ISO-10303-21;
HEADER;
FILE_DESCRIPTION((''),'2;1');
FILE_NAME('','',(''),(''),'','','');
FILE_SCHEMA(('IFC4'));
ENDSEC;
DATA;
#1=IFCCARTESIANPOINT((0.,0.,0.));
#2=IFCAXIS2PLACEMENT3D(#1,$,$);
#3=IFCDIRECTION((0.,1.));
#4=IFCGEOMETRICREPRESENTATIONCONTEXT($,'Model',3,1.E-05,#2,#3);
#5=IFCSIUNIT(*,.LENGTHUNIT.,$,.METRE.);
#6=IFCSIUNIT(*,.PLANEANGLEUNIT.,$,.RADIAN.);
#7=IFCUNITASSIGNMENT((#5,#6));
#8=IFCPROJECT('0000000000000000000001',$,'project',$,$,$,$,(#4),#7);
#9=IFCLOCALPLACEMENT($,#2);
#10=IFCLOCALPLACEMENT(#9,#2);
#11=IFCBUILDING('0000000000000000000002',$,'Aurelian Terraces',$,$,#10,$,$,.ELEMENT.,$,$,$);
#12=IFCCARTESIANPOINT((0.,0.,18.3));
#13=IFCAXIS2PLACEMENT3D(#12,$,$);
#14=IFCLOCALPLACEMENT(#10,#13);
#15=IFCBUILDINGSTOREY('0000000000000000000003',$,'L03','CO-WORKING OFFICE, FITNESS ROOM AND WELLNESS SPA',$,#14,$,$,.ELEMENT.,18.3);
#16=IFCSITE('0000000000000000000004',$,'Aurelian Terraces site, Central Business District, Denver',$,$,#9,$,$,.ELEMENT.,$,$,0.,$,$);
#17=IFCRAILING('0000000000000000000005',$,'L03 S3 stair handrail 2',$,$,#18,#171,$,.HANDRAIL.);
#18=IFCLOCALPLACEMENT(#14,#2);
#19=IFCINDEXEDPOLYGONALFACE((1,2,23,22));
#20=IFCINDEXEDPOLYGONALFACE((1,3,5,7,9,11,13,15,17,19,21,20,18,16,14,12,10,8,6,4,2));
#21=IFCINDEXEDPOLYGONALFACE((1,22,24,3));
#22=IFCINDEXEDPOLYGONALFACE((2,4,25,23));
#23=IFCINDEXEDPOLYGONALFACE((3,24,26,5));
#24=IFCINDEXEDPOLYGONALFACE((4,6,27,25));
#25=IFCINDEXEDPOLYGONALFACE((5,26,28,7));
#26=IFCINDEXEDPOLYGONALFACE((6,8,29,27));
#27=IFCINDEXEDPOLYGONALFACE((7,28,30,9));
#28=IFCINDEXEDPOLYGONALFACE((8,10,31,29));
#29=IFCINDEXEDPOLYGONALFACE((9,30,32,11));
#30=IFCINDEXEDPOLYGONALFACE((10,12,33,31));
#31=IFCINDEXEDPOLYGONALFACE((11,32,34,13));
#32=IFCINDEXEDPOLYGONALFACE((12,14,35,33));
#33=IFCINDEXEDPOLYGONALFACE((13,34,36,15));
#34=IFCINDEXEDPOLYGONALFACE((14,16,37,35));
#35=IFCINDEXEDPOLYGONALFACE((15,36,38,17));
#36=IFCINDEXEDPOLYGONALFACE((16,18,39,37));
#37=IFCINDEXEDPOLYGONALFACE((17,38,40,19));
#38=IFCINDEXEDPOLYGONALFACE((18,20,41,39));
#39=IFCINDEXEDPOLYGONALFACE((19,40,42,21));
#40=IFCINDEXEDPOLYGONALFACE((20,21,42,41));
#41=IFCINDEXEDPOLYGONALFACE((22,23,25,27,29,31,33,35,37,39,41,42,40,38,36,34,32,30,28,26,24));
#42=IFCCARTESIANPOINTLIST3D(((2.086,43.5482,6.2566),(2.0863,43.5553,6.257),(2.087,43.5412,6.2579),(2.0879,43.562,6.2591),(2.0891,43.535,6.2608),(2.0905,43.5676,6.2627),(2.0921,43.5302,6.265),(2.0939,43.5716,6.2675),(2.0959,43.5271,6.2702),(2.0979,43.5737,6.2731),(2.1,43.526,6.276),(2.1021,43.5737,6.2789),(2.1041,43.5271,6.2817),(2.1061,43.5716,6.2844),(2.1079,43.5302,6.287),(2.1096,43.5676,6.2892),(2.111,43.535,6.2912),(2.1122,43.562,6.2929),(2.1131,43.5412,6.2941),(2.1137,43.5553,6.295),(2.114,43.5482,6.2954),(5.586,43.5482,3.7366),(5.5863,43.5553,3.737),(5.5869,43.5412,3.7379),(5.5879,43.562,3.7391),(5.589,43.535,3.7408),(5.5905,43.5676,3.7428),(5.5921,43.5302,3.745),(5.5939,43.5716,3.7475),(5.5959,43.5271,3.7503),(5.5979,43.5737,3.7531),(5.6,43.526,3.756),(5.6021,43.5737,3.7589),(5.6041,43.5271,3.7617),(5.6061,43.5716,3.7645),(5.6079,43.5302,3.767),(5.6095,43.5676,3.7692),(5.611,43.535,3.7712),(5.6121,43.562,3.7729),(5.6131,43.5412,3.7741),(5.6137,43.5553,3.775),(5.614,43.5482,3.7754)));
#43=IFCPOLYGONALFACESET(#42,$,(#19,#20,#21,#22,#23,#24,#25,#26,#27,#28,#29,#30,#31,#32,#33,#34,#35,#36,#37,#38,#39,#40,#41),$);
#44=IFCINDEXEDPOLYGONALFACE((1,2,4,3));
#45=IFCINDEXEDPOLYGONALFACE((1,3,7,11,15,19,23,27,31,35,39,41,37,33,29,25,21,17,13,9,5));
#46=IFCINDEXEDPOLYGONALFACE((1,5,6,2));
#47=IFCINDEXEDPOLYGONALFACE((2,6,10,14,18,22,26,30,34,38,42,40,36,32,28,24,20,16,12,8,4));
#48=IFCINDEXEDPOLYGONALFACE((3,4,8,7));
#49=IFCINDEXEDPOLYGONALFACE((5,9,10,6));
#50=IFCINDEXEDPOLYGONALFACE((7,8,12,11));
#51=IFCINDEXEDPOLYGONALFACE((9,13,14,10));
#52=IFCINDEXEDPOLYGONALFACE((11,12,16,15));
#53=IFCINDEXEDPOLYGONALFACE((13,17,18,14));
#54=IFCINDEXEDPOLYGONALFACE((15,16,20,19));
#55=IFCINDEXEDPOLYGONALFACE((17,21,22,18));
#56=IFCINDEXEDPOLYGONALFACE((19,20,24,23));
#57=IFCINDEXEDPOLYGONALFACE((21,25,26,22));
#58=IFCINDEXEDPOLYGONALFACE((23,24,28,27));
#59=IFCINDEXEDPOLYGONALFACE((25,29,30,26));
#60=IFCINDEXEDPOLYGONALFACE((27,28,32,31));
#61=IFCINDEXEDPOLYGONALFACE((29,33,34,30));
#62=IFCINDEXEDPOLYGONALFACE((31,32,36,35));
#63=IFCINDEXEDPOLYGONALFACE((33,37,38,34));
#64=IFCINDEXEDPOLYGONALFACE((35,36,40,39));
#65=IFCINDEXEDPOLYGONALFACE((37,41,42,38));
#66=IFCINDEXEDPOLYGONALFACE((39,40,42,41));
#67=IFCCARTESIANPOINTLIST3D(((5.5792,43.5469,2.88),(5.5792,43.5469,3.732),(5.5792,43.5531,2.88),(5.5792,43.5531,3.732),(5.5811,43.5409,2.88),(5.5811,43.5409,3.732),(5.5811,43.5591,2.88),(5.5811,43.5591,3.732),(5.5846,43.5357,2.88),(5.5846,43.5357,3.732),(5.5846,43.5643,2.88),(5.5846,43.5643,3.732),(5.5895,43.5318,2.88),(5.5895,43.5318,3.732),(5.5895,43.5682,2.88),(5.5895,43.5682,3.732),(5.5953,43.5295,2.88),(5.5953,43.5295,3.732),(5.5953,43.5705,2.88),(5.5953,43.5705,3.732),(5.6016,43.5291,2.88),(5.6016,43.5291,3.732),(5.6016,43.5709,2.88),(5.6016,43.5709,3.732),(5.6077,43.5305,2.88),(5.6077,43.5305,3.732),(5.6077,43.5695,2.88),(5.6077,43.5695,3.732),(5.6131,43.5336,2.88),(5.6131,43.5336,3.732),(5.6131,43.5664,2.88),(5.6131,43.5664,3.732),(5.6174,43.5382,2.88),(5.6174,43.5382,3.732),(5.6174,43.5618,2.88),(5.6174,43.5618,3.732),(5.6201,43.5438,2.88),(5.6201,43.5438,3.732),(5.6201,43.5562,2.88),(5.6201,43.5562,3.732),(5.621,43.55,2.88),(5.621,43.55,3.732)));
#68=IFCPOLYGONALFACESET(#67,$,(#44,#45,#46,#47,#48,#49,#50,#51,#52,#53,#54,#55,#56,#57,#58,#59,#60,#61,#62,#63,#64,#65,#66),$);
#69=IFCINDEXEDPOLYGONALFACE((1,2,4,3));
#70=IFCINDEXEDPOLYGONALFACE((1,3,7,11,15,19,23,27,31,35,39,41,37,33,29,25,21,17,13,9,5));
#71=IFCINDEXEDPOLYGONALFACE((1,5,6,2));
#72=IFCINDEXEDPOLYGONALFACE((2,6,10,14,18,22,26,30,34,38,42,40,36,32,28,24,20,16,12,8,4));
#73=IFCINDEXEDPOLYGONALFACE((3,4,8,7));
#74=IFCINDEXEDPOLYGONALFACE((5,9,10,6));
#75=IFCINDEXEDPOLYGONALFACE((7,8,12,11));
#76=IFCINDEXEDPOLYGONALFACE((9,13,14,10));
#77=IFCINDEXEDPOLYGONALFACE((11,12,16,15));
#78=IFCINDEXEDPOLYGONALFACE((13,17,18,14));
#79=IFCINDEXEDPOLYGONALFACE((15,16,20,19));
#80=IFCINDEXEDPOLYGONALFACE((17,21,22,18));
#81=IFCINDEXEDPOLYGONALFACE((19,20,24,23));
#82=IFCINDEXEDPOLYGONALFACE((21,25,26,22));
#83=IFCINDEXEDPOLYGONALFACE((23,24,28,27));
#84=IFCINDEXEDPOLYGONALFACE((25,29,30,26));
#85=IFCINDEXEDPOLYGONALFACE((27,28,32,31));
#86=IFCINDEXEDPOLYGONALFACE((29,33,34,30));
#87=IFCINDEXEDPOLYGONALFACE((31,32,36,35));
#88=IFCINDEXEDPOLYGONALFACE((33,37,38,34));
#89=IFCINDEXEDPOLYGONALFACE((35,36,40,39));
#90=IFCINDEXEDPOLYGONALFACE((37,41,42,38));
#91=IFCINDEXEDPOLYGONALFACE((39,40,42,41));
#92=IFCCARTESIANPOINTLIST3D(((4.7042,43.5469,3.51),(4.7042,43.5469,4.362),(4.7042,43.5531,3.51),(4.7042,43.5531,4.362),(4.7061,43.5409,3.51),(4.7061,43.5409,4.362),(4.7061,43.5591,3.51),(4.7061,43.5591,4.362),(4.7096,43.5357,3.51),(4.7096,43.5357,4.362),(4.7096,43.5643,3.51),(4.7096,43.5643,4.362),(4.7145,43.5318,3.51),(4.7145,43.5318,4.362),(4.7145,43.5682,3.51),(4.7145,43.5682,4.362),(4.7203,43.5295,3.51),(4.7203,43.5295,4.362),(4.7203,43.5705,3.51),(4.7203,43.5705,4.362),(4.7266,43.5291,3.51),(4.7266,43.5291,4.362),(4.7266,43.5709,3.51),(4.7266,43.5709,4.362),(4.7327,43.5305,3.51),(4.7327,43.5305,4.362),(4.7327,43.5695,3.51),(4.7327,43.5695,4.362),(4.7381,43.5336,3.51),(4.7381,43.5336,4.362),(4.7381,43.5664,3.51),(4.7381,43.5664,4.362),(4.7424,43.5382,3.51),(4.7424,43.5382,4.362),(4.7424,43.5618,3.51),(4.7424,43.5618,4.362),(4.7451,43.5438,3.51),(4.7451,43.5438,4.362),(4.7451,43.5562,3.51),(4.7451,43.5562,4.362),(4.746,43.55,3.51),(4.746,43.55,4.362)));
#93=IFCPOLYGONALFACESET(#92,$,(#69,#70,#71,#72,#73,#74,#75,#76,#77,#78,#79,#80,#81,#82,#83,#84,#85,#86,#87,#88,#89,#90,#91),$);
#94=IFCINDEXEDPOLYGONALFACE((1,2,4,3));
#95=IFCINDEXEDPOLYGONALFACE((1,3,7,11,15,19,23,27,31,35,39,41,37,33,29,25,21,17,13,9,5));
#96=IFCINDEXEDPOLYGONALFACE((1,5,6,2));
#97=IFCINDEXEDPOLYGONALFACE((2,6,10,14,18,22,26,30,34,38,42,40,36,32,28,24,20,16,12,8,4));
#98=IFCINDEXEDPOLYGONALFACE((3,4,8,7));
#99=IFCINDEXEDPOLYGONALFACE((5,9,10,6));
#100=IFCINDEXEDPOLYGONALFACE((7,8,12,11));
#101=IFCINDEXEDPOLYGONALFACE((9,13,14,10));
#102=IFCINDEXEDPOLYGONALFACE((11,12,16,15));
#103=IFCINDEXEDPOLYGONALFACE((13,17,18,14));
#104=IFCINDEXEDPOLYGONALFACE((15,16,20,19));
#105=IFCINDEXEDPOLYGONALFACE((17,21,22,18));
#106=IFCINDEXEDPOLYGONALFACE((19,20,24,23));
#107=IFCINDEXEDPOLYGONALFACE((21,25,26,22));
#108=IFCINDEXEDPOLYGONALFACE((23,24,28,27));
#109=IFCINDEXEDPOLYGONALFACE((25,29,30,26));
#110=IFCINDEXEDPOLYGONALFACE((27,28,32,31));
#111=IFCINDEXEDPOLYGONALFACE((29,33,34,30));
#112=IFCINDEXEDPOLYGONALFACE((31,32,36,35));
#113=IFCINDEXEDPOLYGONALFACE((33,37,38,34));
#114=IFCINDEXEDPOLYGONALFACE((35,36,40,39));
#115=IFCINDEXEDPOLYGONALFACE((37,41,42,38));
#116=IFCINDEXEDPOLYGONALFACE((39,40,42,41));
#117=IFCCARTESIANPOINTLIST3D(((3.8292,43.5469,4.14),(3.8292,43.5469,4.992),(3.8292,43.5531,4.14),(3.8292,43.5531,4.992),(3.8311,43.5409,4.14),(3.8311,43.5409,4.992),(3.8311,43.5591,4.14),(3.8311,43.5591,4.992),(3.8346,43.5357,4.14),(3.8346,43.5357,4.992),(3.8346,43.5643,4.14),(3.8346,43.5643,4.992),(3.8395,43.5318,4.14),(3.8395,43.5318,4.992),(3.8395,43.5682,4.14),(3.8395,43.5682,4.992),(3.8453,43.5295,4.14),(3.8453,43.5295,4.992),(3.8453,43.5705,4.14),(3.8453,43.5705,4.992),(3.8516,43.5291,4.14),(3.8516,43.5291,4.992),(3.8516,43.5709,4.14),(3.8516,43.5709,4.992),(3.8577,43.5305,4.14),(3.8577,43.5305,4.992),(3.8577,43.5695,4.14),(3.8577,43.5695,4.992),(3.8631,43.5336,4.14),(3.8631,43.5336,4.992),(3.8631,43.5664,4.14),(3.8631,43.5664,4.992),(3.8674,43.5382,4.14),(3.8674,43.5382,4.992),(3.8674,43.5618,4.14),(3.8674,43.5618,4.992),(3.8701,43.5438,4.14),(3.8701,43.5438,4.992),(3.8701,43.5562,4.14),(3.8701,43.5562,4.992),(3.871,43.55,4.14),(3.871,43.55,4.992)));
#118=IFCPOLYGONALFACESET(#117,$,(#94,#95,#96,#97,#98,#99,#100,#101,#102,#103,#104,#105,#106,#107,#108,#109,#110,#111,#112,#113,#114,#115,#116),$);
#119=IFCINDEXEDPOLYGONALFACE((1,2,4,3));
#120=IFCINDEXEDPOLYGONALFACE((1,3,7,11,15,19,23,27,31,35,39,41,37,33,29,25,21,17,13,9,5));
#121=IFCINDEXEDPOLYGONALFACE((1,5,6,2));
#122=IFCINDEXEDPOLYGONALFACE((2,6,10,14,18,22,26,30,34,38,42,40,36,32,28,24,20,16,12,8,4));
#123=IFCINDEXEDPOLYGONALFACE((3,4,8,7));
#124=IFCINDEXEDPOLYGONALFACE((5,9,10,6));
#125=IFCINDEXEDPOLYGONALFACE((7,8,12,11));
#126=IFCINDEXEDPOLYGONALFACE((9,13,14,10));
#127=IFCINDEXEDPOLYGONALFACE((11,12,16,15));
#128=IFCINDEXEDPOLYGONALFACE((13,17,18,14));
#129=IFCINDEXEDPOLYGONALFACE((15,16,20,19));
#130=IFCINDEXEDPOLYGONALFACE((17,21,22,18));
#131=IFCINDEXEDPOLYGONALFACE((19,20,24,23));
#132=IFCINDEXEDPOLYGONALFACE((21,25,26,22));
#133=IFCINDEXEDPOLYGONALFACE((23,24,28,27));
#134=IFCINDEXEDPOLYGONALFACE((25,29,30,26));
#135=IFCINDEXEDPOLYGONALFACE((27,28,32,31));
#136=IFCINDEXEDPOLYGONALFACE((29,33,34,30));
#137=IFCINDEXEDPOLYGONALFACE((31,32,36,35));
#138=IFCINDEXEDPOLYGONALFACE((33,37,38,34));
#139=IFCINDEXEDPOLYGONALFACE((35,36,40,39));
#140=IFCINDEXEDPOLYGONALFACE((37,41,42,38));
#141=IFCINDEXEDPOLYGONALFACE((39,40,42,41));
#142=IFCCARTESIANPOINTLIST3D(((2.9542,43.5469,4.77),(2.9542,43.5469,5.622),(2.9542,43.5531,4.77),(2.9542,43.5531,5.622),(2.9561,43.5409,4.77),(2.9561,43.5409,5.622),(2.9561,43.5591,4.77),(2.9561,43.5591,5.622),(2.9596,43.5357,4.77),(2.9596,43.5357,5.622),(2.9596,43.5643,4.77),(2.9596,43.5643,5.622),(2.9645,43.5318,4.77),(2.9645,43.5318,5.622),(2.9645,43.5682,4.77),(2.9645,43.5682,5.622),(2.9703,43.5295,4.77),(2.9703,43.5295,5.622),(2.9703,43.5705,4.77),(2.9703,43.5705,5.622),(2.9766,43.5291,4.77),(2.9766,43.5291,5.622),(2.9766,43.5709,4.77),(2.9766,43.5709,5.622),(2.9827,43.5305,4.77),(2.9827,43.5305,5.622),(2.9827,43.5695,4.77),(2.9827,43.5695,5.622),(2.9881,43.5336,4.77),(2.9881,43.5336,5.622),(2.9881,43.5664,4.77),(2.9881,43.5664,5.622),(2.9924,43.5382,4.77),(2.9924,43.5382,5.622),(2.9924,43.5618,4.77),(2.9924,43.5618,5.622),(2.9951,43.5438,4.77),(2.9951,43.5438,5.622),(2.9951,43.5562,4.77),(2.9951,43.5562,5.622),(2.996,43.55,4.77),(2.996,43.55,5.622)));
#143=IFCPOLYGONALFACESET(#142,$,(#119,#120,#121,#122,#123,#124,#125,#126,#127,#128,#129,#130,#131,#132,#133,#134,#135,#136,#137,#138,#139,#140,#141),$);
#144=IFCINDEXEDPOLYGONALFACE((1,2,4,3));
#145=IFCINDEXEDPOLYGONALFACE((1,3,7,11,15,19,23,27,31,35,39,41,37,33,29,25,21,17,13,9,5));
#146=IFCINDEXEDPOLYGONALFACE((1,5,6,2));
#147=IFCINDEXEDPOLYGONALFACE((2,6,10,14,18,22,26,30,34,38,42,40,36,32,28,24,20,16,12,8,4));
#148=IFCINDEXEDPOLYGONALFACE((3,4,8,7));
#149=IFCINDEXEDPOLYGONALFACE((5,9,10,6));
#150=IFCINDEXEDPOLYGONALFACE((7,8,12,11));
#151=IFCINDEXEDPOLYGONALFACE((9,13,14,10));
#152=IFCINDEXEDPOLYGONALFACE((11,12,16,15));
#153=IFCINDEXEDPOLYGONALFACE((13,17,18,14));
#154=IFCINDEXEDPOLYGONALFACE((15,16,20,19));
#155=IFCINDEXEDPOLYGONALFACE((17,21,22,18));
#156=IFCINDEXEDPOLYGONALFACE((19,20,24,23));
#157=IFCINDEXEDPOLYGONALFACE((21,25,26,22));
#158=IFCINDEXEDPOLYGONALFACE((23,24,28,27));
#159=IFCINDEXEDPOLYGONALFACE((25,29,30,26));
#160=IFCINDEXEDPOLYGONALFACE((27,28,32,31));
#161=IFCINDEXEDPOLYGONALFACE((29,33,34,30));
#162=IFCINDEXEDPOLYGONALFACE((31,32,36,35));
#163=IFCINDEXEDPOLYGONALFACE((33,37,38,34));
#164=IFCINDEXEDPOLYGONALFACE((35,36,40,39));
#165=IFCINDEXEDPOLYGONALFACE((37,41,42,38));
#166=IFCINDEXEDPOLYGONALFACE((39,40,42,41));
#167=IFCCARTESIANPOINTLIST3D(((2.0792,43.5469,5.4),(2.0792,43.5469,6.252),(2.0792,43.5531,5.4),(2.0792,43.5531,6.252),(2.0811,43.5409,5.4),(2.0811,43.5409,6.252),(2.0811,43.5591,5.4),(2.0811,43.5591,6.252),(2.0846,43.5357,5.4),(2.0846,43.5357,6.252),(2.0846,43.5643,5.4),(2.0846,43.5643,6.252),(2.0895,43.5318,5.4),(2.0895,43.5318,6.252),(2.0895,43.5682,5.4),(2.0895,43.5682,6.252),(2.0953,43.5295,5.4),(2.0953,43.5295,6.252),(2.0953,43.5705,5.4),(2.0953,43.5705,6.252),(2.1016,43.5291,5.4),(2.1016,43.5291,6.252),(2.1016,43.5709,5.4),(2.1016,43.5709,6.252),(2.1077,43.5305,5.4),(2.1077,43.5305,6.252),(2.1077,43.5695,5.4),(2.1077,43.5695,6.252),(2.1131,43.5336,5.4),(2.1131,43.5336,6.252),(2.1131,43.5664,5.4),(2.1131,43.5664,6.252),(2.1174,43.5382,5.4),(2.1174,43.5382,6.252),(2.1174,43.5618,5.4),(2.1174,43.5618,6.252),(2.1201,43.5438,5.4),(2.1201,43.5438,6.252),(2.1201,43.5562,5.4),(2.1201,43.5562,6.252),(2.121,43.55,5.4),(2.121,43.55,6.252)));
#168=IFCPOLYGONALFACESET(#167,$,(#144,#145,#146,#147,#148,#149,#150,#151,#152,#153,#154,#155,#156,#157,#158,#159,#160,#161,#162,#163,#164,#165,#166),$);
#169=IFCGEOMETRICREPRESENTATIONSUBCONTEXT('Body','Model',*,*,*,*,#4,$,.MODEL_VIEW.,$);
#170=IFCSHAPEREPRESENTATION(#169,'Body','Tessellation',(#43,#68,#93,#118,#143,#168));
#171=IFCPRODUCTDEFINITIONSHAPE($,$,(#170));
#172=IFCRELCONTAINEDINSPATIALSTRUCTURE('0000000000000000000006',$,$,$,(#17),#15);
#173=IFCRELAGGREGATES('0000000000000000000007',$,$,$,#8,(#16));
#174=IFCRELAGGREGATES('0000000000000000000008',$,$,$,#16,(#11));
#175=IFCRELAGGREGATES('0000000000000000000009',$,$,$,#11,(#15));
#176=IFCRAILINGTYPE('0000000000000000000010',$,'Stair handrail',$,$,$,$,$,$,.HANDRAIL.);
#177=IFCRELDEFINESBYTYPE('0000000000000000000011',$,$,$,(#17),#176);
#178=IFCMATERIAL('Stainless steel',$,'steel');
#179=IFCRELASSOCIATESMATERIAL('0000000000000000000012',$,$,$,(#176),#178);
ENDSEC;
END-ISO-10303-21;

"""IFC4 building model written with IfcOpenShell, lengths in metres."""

from ifc_helpers import new_model, si_unit, direction, frame, origin, origin_2d, place, context, subcontext, project, spatial, circle, extrude, source, transform, mapped, material, type_object, element, save


model = new_model("IFC4")

# Units and contexts
model_context = context("Model", 3, precision=1e-05, world=origin(), true_north=direction((0.0, 1.0)))
body_context = subcontext(model_context, "Body", "Model", "MODEL_VIEW")
ifc_project = project(units=[si_unit("LENGTHUNIT", "METRE"), si_unit("PLANEANGLEUNIT", "RADIAN")], contexts=[model_context])

# Site, building, storey
site_placement = place(None, origin())
site = spatial("IfcSite", under=ifc_project, at=site_placement, Name="Aurelian Terraces site, Central Business District, Denver", CompositionType="ELEMENT", RefElevation=0.0)
building_placement = place(site_placement, origin())
building = spatial("IfcBuilding", under=site, at=building_placement, Name="Aurelian Terraces", CompositionType="ELEMENT")
storey_placement = place(building_placement, frame((0.0, 0.0, 18.3)))
storey = spatial("IfcBuildingStorey", under=building, at=storey_placement, Name="L03", Description="CO-WORKING OFFICE, FITNESS ROOM AND WELLNESS SPA", CompositionType="ELEMENT", Elevation=18.3)

# Railing
ifc_material_1 = material(Name="Stainless steel", Category="steel")
railing_type_1 = type_object("IfcRailingType", Name="Stair handrail", PredefinedType="HANDRAIL", material=ifc_material_1)
shared_shape_1 = source(origin(), body_context, "Body", "SweptSolid", [
    extrude(circle(Radius=0.024, at=origin_2d()), frame((0.0, 0.0, 0.876), z_axis=(-0.811534, 0.0, 0.584305), x_axis=(0.0, -1.0, 0.0)), (0.0, 0.0, 1.0), 4.3128),
    extrude(circle(Radius=0.021, at=origin_2d()), origin(), (0.0, 0.0, 1.0), 0.852),
    extrude(circle(Radius=0.021, at=origin_2d()), frame((-0.875, 0.0, 0.63)), (0.0, 0.0, 1.0), 0.852),
    extrude(circle(Radius=0.021, at=origin_2d()), frame((-1.75, 0.0, 1.26)), (0.0, 0.0, 1.0), 0.852),
    extrude(circle(Radius=0.021, at=origin_2d()), frame((-2.625, 0.0, 1.89)), (0.0, 0.0, 1.0), 0.852),
    extrude(circle(Radius=0.021, at=origin_2d()), frame((-3.5, 0.0, 2.52)), (0.0, 0.0, 1.0), 0.852),
])
railing_1_placement = place(storey_placement, frame((5.6, 43.55, 2.88)))
element("IfcRailing", 1, at=railing_1_placement, inside=storey, type_object=railing_type_1, Name="L03 S3 stair handrail 2", PredefinedType="HANDRAIL", context=body_context, shape_type="MappedRepresentation", body=[
    mapped(shared_shape_1, transform((0.0, 0.0, 0.0), scale=1.0)),
])

save(model, "model.ifc")
